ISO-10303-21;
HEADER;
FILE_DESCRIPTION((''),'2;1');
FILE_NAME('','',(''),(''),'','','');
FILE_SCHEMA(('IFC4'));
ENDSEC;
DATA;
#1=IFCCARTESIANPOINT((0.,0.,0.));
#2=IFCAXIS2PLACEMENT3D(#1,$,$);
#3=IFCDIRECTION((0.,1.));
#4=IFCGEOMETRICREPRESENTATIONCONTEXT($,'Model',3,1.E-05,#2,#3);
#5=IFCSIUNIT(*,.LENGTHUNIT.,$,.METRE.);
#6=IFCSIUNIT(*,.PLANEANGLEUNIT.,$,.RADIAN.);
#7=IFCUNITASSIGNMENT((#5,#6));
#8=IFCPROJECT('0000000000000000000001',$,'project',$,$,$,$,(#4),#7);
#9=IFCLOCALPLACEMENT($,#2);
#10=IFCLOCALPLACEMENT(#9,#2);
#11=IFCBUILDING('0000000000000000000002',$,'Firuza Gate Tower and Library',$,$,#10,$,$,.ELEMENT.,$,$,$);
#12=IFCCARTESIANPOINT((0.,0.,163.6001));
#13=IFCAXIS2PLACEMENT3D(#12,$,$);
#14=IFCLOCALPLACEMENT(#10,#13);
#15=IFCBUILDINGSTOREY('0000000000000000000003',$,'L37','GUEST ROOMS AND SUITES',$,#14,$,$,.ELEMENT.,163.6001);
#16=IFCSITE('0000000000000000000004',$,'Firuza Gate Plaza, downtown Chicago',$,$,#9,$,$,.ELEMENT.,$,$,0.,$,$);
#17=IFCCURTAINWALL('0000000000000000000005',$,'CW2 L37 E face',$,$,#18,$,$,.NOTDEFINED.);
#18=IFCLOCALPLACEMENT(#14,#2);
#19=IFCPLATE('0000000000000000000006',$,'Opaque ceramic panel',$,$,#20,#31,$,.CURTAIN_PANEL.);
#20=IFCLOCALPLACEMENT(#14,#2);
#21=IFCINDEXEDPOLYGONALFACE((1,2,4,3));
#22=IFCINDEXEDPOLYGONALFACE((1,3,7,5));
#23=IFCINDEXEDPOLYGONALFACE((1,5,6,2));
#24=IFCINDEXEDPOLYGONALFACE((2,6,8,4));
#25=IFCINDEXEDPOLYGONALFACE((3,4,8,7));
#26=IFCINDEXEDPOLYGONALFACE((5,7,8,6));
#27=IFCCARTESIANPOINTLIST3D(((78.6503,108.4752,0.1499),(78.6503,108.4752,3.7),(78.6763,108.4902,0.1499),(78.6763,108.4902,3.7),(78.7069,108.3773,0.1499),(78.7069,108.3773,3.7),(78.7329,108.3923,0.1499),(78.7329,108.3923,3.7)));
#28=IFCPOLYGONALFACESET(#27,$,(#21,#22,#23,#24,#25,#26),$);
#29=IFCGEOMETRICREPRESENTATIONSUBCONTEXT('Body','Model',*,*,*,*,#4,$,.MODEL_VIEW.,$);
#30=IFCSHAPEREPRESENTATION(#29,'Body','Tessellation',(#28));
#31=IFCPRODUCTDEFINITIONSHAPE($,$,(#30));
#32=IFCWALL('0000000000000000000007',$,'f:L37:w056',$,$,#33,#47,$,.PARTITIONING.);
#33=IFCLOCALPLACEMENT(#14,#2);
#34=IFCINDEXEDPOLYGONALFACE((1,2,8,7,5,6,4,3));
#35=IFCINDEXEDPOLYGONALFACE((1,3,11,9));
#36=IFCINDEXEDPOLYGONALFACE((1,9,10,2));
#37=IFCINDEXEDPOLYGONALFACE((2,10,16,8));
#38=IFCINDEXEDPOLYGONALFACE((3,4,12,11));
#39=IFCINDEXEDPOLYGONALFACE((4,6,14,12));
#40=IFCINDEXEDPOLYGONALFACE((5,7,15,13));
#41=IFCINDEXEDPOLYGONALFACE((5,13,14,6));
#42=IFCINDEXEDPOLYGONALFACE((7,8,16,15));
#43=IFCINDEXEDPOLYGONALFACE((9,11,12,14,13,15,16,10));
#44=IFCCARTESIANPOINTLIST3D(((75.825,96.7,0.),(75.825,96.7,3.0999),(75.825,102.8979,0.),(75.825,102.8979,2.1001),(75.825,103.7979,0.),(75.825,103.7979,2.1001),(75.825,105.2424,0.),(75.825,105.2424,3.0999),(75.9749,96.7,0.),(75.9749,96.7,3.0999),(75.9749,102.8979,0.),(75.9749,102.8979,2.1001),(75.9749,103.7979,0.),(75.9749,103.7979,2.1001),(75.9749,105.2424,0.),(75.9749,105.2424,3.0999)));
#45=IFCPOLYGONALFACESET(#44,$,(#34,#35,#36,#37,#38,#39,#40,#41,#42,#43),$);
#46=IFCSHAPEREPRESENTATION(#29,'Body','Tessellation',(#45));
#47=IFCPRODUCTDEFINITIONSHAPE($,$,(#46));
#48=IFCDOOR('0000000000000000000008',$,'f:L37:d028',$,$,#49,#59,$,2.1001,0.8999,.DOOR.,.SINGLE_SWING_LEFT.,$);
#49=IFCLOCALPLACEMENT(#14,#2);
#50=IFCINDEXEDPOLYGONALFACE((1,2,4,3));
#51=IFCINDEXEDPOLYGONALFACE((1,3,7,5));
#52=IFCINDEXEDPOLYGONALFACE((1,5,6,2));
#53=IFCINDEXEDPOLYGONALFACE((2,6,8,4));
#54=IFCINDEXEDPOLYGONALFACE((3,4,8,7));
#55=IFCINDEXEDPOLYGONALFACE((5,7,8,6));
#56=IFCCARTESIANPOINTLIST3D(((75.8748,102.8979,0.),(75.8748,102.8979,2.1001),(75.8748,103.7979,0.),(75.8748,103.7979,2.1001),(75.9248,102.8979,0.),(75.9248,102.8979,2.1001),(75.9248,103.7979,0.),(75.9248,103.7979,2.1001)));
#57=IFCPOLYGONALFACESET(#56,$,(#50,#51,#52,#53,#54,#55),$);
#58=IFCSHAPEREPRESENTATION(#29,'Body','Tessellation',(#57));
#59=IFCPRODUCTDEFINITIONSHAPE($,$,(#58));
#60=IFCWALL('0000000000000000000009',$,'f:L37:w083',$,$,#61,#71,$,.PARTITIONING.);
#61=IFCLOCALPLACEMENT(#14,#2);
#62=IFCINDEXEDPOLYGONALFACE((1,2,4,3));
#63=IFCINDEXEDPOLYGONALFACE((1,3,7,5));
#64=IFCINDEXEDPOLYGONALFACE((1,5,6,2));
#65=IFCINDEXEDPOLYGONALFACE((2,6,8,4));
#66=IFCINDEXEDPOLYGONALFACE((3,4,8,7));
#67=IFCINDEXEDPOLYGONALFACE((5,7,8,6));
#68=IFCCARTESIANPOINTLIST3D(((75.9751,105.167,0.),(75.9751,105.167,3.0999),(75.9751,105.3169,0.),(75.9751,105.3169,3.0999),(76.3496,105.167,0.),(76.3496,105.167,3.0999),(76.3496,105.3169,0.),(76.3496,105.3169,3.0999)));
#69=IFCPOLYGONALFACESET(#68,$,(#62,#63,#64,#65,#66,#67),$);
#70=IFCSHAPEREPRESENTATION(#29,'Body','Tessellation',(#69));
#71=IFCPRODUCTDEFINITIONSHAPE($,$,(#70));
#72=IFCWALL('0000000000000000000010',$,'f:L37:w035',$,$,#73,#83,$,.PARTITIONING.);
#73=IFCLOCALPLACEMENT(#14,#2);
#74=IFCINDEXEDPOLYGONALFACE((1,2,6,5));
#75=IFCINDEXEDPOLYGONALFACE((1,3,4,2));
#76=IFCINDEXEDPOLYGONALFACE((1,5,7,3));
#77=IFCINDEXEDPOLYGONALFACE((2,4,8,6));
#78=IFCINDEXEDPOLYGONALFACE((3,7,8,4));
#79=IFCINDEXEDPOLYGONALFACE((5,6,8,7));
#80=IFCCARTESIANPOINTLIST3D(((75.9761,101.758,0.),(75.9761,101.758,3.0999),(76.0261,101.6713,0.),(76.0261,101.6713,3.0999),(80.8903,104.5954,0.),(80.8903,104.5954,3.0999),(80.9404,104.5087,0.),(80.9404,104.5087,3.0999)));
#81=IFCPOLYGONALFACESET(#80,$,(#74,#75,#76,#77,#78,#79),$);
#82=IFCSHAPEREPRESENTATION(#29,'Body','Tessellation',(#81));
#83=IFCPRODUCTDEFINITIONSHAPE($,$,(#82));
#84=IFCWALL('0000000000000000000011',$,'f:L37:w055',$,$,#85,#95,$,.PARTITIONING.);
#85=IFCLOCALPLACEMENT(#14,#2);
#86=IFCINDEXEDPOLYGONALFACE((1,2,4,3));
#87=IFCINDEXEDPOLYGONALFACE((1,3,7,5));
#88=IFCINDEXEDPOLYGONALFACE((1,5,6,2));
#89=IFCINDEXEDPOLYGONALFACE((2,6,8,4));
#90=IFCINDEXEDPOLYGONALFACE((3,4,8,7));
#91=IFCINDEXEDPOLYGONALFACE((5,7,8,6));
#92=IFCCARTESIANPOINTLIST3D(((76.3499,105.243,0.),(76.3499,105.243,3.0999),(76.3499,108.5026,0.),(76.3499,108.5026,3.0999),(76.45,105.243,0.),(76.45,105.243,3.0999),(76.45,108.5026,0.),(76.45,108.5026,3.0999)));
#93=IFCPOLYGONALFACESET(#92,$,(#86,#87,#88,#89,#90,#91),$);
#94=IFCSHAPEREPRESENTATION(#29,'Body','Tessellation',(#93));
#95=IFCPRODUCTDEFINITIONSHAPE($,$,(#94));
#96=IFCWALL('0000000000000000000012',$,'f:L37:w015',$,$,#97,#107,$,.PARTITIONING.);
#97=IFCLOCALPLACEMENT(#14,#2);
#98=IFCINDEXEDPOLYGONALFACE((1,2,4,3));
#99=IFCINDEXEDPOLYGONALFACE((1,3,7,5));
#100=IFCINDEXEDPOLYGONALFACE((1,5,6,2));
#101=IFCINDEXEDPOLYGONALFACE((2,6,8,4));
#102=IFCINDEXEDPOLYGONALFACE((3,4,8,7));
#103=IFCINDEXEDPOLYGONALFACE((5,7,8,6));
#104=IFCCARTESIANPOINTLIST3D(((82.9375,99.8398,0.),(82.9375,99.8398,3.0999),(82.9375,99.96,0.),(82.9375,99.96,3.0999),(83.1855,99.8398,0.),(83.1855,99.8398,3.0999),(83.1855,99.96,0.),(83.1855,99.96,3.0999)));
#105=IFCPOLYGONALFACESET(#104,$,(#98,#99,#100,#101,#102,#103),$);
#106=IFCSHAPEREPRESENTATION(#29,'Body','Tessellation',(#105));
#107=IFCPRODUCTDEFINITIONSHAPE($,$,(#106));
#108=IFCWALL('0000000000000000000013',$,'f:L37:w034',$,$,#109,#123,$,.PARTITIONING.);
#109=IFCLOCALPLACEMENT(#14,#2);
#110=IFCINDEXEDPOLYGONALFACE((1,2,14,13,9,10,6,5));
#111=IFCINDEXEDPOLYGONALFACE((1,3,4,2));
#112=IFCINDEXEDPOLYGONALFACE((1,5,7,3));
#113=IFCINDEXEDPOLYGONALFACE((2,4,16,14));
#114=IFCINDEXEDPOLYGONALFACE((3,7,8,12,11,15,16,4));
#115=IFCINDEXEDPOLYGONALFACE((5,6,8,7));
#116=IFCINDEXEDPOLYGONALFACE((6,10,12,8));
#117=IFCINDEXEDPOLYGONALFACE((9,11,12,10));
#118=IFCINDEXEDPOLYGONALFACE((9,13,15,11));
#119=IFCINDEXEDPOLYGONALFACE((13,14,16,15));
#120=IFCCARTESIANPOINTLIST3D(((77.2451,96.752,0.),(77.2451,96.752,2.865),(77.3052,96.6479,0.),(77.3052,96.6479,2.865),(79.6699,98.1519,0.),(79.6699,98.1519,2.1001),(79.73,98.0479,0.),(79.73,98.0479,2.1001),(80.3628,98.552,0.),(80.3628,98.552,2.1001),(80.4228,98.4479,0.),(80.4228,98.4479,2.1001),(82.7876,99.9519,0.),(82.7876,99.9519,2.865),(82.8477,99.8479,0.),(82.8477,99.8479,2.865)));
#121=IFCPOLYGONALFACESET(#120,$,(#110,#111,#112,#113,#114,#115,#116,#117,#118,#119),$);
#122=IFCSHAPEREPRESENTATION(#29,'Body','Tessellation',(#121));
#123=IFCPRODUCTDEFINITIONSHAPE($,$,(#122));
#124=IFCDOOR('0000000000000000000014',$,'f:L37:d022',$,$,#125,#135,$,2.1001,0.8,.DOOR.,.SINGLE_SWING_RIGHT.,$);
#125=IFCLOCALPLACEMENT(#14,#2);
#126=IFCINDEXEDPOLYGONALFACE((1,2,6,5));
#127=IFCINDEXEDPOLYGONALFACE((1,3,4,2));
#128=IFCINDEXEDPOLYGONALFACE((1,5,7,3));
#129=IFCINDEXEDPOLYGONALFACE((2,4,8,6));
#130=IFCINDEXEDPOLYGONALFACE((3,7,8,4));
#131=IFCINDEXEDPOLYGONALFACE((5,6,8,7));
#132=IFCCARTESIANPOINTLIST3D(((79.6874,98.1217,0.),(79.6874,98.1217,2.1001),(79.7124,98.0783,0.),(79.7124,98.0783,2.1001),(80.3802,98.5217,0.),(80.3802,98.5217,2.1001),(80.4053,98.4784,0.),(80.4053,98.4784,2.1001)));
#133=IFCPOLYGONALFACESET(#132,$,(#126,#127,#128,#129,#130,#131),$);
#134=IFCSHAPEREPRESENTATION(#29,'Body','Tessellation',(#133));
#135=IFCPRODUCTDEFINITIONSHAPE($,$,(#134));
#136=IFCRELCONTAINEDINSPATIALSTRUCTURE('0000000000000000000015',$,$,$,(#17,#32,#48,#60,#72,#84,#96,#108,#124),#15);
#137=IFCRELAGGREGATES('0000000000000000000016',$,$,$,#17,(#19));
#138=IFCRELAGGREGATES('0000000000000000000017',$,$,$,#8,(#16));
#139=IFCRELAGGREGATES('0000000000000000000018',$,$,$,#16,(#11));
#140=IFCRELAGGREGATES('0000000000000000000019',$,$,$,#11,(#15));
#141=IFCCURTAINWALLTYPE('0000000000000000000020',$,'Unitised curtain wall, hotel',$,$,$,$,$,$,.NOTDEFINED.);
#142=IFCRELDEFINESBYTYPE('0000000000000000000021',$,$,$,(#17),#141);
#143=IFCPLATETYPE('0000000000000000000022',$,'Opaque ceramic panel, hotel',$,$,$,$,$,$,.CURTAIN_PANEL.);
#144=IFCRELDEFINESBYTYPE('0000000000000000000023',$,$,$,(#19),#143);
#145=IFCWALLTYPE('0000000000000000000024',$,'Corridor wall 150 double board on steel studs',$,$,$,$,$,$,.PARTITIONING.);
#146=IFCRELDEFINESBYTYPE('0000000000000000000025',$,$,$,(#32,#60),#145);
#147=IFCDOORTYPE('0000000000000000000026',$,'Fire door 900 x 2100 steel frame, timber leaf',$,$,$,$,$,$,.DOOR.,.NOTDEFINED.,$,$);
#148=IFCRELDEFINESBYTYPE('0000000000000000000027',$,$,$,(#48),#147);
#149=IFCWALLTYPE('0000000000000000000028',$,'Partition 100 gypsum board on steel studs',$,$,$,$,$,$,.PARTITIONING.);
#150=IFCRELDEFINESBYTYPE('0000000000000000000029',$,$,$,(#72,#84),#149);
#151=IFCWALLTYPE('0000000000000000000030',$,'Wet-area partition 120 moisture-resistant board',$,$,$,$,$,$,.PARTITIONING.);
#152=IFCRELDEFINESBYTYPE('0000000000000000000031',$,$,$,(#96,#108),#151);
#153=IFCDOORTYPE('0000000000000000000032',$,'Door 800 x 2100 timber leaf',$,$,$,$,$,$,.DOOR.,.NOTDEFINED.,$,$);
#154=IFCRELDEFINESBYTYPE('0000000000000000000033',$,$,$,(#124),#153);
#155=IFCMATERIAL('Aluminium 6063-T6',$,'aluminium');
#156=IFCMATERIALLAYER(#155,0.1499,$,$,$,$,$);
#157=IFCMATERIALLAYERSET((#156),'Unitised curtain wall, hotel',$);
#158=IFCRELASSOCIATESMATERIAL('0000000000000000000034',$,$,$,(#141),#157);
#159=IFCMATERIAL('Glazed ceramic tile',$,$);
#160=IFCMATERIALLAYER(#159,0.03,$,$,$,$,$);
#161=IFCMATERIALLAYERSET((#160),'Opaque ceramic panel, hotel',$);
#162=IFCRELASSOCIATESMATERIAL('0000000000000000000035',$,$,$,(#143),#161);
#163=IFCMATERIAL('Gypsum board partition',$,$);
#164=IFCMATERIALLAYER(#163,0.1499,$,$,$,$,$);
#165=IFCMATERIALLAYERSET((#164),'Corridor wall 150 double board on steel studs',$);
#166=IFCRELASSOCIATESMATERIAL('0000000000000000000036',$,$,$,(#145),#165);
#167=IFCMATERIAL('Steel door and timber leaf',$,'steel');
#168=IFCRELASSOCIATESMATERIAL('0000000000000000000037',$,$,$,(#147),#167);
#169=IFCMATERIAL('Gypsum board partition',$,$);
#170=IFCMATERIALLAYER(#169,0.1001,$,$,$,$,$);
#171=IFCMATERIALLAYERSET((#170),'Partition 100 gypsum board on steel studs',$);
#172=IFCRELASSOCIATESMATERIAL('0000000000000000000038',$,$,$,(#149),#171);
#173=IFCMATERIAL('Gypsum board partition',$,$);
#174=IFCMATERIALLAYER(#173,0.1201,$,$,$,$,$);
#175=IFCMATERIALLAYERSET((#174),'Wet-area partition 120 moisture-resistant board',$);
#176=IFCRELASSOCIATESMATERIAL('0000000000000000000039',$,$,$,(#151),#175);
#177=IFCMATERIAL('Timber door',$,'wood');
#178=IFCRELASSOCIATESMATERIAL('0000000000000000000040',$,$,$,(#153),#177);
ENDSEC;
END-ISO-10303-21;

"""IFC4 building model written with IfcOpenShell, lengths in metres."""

from ifc_helpers import new_model, si_unit, direction, frame, frame_2d, origin, place, context, subcontext, project, spatial, polyline, rectangle, outline, extrude, material, layer, layer_set, type_object, element, fill, aggregate, save


model = new_model("IFC4")

# Units and contexts
model_context = context("Model", 3, precision=1e-05, world=origin(), true_north=direction((0.0, 1.0)))
body_context = subcontext(model_context, "Body", "Model", "MODEL_VIEW")
ifc_project = project(units=[si_unit("LENGTHUNIT", "METRE"), si_unit("PLANEANGLEUNIT", "RADIAN")], contexts=[model_context])

# Site, building, storey
site_placement = place(None, origin())
site = spatial("IfcSite", under=ifc_project, at=site_placement, Name="Firuza Gate Plaza, downtown Chicago", CompositionType="ELEMENT", RefElevation=0.0)
building_placement = place(site_placement, origin())
building = spatial("IfcBuilding", under=site, at=building_placement, Name="Firuza Gate Tower and Library", CompositionType="ELEMENT")
storey_placement = place(building_placement, frame((0.0, 0.0, 163.6001)))
storey = spatial("IfcBuildingStorey", under=building, at=storey_placement, Name="L37", Description="GUEST ROOMS AND SUITES", CompositionType="ELEMENT", Elevation=163.6001)

# Curtain wall
ifc_material_1 = material(Name="Aluminium 6063-T6", Category="aluminium")
ifc_layer_1 = layer(ifc_material_1, 0.1499)
ifc_layer_set_1 = layer_set([ifc_layer_1], Name="Unitised curtain wall, hotel")
curtain_wall_type_1 = type_object("IfcCurtainWallType", Name="Unitised curtain wall, hotel", PredefinedType="NOTDEFINED", material=ifc_layer_set_1)
placement = place(storey_placement, origin())
curtain_wall_1 = element("IfcCurtainWall", 1, at=placement, inside=storey, type_object=curtain_wall_type_1, Name="CW2 L37 E face", PredefinedType="NOTDEFINED")

# Plate
ifc_material_2 = material(Name="Glazed ceramic tile")
ifc_layer_2 = layer(ifc_material_2, 0.03)
ifc_layer_set_2 = layer_set([ifc_layer_2], Name="Opaque ceramic panel, hotel")
plate_type_1 = type_object("IfcPlateType", Name="Opaque ceramic panel, hotel", PredefinedType="CURTAIN_PANEL", material=ifc_layer_set_2)
plate_1_placement = place(storey_placement, frame((78.7329, 108.3923, 0.1499), z_axis=(0.865574, 0.500781, 0.0), x_axis=(-0.500781, 0.865574, 0.0)))
plate_1 = element("IfcPlate", 2, at=plate_1_placement, type_object=plate_type_1, Name="Opaque ceramic panel", PredefinedType="CURTAIN_PANEL", context=body_context, shape_type="SweptSolid", body=[
    extrude(outline(polyline([(0.0, 0.0), (0.1131, 0.0), (0.1131, 3.55), (0.0, 3.55), (0.0, 0.0)])), origin(), (0.0, 0.0, -1.0), 0.03),
])
aggregate(curtain_wall_1, [plate_1])

# Wall, opening, door
ifc_material_3 = material(Name="Gypsum board partition")
ifc_layer_3 = layer(ifc_material_3, 0.1499)
ifc_layer_set_3 = layer_set([ifc_layer_3], Name="Corridor wall 150 double board on steel studs")
wall_type_1 = type_object("IfcWallType", Name="Corridor wall 150 double board on steel studs", PredefinedType="PARTITIONING", material=ifc_layer_set_3)
wall_1_placement = place(storey_placement, frame((75.8999, 105.2424, 0.0), z_axis=(0.0, 0.0, 1.0), x_axis=(0.0, -1.0, 0.0)))
wall_1 = element("IfcWall", 3, at=wall_1_placement, inside=storey, type_object=wall_type_1, Name="f:L37:w056", PredefinedType="PARTITIONING", context=body_context, shape_type="SweptSolid", body=[
    extrude(rectangle(XDim=8.5425, YDim=0.1499, at=frame_2d((4.2712, 0.0))), origin(), (0.0, 0.0, 1.0), 3.0999),
])
opening_1_placement = place(wall_1_placement, frame((1.4446, 0.0, 0.0)))
opening_1 = element("IfcOpeningElement", 4, at=opening_1_placement, cuts=wall_1, PredefinedType="OPENING", context=body_context, shape_type="SweptSolid", body=[
    extrude(rectangle(XDim=0.8999, YDim=2.1001, at=frame_2d((0.45, 1.05))), frame((0.0, 0.085, 0.0), z_axis=(0.0, -1.0, 0.0), x_axis=(1.0, 0.0, 0.0)), (0.0, 0.0, 1.0), 0.1699),
])
ifc_material_4 = material(Name="Steel door and timber leaf", Category="steel")
door_type_1 = type_object("IfcDoorType", Name="Fire door 900 x 2100 steel frame, timber leaf", OperationType="NOTDEFINED", PredefinedType="DOOR", material=ifc_material_4)
door_1_placement = place(opening_1_placement, origin())
door_1 = element("IfcDoor", 5, at=door_1_placement, inside=storey, type_object=door_type_1, Name="f:L37:d028", OperationType="SINGLE_SWING_LEFT", OverallHeight=2.1001, OverallWidth=0.8999, PredefinedType="DOOR", context=body_context, shape_type="SweptSolid", body=[
    extrude(rectangle(XDim=0.8999, YDim=2.1001, at=frame_2d((0.45, 1.05))), frame((0.0, 0.0249, 0.0), z_axis=(0.0, -1.0, 0.0), x_axis=(1.0, 0.0, 0.0)), (0.0, 0.0, 1.0), 0.05),
])
fill(opening_1, door_1)

# Walls
wall_2_placement = place(storey_placement, frame((75.9751, 105.2419, 0.0), z_axis=(0.0, 0.0, 1.0), x_axis=(1.0, 0.0, 0.0)))
element("IfcWall", 6, at=wall_2_placement, inside=storey, type_object=wall_type_1, Name="f:L37:w083", PredefinedType="PARTITIONING", context=body_context, shape_type="SweptSolid", body=[
    extrude(rectangle(XDim=0.3745, YDim=0.1499, at=frame_2d((0.1873, 0.0))), origin(), (0.0, 0.0, 1.0), 3.0999),
])
ifc_material_5 = material(Name="Gypsum board partition")
ifc_layer_4 = layer(ifc_material_5, 0.1001)
ifc_layer_set_4 = layer_set([ifc_layer_4], Name="Partition 100 gypsum board on steel studs")
wall_type_2 = type_object("IfcWallType", Name="Partition 100 gypsum board on steel studs", PredefinedType="PARTITIONING", material=ifc_layer_set_4)
wall_3_placement = place(storey_placement, frame((76.001, 101.7146, 0.0), z_axis=(0.0, 0.0, 1.0), x_axis=(0.866016, 0.500017, 0.0)))
element("IfcWall", 7, at=wall_3_placement, inside=storey, type_object=wall_type_2, Name="f:L37:w035", PredefinedType="PARTITIONING", context=body_context, shape_type="SweptSolid", body=[
    extrude(rectangle(XDim=5.6746, YDim=0.1001, at=frame_2d((2.8374, 0.0))), origin(), (0.0, 0.0, 1.0), 3.0999),
])
wall_4_placement = place(storey_placement, frame((76.3999, 105.2429, 0.0), z_axis=(0.0, 0.0, 1.0), x_axis=(0.0, 1.0, 0.0)))
element("IfcWall", 8, at=wall_4_placement, inside=storey, type_object=wall_type_2, Name="f:L37:w055", PredefinedType="PARTITIONING", context=body_context, shape_type="SweptSolid", body=[
    extrude(rectangle(XDim=3.2595, YDim=0.1001, at=frame_2d((1.6299, 0.0))), origin(), (0.0, 0.0, 1.0), 3.0999),
])
ifc_material_6 = material(Name="Gypsum board partition")
ifc_layer_5 = layer(ifc_material_6, 0.1201)
ifc_layer_set_5 = layer_set([ifc_layer_5], Name="Wet-area partition 120 moisture-resistant board")
wall_type_3 = type_object("IfcWallType", Name="Wet-area partition 120 moisture-resistant board", PredefinedType="PARTITIONING", material=ifc_layer_set_5)
wall_5_placement = place(storey_placement, frame((82.9375, 99.8999, 0.0), z_axis=(0.0, 0.0, 1.0), x_axis=(1.0, 0.0, 0.0)))
element("IfcWall", 9, at=wall_5_placement, inside=storey, type_object=wall_type_3, Name="f:L37:w015", PredefinedType="PARTITIONING", context=body_context, shape_type="SweptSolid", body=[
    extrude(rectangle(XDim=0.248, YDim=0.1201, at=frame_2d((0.124, 0.0))), origin(), (0.0, 0.0, 1.0), 3.0999),
])

# Wall, opening, door
wall_6_placement = place(storey_placement, frame((82.8176, 99.8999, 0.0), z_axis=(0.0, 0.0, 1.0), x_axis=(-0.866025, -0.5, 0.0)))
wall_6 = element("IfcWall", 10, at=wall_6_placement, inside=storey, type_object=wall_type_3, Name="f:L37:w034", PredefinedType="PARTITIONING", context=body_context, shape_type="SweptSolid", body=[
    extrude(rectangle(XDim=6.3999, YDim=0.1201, at=frame_2d((3.2, 0.0))), origin(), (0.0, 0.0, 1.0), 2.865),
])
opening_2_placement = place(wall_6_placement, frame((2.8, 0.0, 0.0)))
opening_2 = element("IfcOpeningElement", 11, at=opening_2_placement, cuts=wall_6, PredefinedType="OPENING", context=body_context, shape_type="SweptSolid", body=[
    extrude(rectangle(XDim=0.8, YDim=2.1001, at=frame_2d((0.3999, 1.05))), frame((0.0, 0.0701, 0.0), z_axis=(0.0, -1.0, 0.0), x_axis=(1.0, 0.0, 0.0)), (0.0, 0.0, 1.0), 0.1401),
])
ifc_material_7 = material(Name="Timber door", Category="wood")
door_type_2 = type_object("IfcDoorType", Name="Door 800 x 2100 timber leaf", OperationType="NOTDEFINED", PredefinedType="DOOR", material=ifc_material_7)
door_2_placement = place(opening_2_placement, origin())
door_2 = element("IfcDoor", 12, at=door_2_placement, inside=storey, type_object=door_type_2, Name="f:L37:d022", OperationType="SINGLE_SWING_RIGHT", OverallHeight=2.1001, OverallWidth=0.8, PredefinedType="DOOR", context=body_context, shape_type="SweptSolid", body=[
    extrude(rectangle(XDim=0.8, YDim=2.1001, at=frame_2d((0.3999, 1.05))), frame((0.0, 0.0249, 0.0), z_axis=(0.0, -1.0, 0.0), x_axis=(1.0, 0.0, 0.0)), (0.0, 0.0, 1.0), 0.05),
])
fill(opening_2, door_2)

save(model, "model.ifc")
